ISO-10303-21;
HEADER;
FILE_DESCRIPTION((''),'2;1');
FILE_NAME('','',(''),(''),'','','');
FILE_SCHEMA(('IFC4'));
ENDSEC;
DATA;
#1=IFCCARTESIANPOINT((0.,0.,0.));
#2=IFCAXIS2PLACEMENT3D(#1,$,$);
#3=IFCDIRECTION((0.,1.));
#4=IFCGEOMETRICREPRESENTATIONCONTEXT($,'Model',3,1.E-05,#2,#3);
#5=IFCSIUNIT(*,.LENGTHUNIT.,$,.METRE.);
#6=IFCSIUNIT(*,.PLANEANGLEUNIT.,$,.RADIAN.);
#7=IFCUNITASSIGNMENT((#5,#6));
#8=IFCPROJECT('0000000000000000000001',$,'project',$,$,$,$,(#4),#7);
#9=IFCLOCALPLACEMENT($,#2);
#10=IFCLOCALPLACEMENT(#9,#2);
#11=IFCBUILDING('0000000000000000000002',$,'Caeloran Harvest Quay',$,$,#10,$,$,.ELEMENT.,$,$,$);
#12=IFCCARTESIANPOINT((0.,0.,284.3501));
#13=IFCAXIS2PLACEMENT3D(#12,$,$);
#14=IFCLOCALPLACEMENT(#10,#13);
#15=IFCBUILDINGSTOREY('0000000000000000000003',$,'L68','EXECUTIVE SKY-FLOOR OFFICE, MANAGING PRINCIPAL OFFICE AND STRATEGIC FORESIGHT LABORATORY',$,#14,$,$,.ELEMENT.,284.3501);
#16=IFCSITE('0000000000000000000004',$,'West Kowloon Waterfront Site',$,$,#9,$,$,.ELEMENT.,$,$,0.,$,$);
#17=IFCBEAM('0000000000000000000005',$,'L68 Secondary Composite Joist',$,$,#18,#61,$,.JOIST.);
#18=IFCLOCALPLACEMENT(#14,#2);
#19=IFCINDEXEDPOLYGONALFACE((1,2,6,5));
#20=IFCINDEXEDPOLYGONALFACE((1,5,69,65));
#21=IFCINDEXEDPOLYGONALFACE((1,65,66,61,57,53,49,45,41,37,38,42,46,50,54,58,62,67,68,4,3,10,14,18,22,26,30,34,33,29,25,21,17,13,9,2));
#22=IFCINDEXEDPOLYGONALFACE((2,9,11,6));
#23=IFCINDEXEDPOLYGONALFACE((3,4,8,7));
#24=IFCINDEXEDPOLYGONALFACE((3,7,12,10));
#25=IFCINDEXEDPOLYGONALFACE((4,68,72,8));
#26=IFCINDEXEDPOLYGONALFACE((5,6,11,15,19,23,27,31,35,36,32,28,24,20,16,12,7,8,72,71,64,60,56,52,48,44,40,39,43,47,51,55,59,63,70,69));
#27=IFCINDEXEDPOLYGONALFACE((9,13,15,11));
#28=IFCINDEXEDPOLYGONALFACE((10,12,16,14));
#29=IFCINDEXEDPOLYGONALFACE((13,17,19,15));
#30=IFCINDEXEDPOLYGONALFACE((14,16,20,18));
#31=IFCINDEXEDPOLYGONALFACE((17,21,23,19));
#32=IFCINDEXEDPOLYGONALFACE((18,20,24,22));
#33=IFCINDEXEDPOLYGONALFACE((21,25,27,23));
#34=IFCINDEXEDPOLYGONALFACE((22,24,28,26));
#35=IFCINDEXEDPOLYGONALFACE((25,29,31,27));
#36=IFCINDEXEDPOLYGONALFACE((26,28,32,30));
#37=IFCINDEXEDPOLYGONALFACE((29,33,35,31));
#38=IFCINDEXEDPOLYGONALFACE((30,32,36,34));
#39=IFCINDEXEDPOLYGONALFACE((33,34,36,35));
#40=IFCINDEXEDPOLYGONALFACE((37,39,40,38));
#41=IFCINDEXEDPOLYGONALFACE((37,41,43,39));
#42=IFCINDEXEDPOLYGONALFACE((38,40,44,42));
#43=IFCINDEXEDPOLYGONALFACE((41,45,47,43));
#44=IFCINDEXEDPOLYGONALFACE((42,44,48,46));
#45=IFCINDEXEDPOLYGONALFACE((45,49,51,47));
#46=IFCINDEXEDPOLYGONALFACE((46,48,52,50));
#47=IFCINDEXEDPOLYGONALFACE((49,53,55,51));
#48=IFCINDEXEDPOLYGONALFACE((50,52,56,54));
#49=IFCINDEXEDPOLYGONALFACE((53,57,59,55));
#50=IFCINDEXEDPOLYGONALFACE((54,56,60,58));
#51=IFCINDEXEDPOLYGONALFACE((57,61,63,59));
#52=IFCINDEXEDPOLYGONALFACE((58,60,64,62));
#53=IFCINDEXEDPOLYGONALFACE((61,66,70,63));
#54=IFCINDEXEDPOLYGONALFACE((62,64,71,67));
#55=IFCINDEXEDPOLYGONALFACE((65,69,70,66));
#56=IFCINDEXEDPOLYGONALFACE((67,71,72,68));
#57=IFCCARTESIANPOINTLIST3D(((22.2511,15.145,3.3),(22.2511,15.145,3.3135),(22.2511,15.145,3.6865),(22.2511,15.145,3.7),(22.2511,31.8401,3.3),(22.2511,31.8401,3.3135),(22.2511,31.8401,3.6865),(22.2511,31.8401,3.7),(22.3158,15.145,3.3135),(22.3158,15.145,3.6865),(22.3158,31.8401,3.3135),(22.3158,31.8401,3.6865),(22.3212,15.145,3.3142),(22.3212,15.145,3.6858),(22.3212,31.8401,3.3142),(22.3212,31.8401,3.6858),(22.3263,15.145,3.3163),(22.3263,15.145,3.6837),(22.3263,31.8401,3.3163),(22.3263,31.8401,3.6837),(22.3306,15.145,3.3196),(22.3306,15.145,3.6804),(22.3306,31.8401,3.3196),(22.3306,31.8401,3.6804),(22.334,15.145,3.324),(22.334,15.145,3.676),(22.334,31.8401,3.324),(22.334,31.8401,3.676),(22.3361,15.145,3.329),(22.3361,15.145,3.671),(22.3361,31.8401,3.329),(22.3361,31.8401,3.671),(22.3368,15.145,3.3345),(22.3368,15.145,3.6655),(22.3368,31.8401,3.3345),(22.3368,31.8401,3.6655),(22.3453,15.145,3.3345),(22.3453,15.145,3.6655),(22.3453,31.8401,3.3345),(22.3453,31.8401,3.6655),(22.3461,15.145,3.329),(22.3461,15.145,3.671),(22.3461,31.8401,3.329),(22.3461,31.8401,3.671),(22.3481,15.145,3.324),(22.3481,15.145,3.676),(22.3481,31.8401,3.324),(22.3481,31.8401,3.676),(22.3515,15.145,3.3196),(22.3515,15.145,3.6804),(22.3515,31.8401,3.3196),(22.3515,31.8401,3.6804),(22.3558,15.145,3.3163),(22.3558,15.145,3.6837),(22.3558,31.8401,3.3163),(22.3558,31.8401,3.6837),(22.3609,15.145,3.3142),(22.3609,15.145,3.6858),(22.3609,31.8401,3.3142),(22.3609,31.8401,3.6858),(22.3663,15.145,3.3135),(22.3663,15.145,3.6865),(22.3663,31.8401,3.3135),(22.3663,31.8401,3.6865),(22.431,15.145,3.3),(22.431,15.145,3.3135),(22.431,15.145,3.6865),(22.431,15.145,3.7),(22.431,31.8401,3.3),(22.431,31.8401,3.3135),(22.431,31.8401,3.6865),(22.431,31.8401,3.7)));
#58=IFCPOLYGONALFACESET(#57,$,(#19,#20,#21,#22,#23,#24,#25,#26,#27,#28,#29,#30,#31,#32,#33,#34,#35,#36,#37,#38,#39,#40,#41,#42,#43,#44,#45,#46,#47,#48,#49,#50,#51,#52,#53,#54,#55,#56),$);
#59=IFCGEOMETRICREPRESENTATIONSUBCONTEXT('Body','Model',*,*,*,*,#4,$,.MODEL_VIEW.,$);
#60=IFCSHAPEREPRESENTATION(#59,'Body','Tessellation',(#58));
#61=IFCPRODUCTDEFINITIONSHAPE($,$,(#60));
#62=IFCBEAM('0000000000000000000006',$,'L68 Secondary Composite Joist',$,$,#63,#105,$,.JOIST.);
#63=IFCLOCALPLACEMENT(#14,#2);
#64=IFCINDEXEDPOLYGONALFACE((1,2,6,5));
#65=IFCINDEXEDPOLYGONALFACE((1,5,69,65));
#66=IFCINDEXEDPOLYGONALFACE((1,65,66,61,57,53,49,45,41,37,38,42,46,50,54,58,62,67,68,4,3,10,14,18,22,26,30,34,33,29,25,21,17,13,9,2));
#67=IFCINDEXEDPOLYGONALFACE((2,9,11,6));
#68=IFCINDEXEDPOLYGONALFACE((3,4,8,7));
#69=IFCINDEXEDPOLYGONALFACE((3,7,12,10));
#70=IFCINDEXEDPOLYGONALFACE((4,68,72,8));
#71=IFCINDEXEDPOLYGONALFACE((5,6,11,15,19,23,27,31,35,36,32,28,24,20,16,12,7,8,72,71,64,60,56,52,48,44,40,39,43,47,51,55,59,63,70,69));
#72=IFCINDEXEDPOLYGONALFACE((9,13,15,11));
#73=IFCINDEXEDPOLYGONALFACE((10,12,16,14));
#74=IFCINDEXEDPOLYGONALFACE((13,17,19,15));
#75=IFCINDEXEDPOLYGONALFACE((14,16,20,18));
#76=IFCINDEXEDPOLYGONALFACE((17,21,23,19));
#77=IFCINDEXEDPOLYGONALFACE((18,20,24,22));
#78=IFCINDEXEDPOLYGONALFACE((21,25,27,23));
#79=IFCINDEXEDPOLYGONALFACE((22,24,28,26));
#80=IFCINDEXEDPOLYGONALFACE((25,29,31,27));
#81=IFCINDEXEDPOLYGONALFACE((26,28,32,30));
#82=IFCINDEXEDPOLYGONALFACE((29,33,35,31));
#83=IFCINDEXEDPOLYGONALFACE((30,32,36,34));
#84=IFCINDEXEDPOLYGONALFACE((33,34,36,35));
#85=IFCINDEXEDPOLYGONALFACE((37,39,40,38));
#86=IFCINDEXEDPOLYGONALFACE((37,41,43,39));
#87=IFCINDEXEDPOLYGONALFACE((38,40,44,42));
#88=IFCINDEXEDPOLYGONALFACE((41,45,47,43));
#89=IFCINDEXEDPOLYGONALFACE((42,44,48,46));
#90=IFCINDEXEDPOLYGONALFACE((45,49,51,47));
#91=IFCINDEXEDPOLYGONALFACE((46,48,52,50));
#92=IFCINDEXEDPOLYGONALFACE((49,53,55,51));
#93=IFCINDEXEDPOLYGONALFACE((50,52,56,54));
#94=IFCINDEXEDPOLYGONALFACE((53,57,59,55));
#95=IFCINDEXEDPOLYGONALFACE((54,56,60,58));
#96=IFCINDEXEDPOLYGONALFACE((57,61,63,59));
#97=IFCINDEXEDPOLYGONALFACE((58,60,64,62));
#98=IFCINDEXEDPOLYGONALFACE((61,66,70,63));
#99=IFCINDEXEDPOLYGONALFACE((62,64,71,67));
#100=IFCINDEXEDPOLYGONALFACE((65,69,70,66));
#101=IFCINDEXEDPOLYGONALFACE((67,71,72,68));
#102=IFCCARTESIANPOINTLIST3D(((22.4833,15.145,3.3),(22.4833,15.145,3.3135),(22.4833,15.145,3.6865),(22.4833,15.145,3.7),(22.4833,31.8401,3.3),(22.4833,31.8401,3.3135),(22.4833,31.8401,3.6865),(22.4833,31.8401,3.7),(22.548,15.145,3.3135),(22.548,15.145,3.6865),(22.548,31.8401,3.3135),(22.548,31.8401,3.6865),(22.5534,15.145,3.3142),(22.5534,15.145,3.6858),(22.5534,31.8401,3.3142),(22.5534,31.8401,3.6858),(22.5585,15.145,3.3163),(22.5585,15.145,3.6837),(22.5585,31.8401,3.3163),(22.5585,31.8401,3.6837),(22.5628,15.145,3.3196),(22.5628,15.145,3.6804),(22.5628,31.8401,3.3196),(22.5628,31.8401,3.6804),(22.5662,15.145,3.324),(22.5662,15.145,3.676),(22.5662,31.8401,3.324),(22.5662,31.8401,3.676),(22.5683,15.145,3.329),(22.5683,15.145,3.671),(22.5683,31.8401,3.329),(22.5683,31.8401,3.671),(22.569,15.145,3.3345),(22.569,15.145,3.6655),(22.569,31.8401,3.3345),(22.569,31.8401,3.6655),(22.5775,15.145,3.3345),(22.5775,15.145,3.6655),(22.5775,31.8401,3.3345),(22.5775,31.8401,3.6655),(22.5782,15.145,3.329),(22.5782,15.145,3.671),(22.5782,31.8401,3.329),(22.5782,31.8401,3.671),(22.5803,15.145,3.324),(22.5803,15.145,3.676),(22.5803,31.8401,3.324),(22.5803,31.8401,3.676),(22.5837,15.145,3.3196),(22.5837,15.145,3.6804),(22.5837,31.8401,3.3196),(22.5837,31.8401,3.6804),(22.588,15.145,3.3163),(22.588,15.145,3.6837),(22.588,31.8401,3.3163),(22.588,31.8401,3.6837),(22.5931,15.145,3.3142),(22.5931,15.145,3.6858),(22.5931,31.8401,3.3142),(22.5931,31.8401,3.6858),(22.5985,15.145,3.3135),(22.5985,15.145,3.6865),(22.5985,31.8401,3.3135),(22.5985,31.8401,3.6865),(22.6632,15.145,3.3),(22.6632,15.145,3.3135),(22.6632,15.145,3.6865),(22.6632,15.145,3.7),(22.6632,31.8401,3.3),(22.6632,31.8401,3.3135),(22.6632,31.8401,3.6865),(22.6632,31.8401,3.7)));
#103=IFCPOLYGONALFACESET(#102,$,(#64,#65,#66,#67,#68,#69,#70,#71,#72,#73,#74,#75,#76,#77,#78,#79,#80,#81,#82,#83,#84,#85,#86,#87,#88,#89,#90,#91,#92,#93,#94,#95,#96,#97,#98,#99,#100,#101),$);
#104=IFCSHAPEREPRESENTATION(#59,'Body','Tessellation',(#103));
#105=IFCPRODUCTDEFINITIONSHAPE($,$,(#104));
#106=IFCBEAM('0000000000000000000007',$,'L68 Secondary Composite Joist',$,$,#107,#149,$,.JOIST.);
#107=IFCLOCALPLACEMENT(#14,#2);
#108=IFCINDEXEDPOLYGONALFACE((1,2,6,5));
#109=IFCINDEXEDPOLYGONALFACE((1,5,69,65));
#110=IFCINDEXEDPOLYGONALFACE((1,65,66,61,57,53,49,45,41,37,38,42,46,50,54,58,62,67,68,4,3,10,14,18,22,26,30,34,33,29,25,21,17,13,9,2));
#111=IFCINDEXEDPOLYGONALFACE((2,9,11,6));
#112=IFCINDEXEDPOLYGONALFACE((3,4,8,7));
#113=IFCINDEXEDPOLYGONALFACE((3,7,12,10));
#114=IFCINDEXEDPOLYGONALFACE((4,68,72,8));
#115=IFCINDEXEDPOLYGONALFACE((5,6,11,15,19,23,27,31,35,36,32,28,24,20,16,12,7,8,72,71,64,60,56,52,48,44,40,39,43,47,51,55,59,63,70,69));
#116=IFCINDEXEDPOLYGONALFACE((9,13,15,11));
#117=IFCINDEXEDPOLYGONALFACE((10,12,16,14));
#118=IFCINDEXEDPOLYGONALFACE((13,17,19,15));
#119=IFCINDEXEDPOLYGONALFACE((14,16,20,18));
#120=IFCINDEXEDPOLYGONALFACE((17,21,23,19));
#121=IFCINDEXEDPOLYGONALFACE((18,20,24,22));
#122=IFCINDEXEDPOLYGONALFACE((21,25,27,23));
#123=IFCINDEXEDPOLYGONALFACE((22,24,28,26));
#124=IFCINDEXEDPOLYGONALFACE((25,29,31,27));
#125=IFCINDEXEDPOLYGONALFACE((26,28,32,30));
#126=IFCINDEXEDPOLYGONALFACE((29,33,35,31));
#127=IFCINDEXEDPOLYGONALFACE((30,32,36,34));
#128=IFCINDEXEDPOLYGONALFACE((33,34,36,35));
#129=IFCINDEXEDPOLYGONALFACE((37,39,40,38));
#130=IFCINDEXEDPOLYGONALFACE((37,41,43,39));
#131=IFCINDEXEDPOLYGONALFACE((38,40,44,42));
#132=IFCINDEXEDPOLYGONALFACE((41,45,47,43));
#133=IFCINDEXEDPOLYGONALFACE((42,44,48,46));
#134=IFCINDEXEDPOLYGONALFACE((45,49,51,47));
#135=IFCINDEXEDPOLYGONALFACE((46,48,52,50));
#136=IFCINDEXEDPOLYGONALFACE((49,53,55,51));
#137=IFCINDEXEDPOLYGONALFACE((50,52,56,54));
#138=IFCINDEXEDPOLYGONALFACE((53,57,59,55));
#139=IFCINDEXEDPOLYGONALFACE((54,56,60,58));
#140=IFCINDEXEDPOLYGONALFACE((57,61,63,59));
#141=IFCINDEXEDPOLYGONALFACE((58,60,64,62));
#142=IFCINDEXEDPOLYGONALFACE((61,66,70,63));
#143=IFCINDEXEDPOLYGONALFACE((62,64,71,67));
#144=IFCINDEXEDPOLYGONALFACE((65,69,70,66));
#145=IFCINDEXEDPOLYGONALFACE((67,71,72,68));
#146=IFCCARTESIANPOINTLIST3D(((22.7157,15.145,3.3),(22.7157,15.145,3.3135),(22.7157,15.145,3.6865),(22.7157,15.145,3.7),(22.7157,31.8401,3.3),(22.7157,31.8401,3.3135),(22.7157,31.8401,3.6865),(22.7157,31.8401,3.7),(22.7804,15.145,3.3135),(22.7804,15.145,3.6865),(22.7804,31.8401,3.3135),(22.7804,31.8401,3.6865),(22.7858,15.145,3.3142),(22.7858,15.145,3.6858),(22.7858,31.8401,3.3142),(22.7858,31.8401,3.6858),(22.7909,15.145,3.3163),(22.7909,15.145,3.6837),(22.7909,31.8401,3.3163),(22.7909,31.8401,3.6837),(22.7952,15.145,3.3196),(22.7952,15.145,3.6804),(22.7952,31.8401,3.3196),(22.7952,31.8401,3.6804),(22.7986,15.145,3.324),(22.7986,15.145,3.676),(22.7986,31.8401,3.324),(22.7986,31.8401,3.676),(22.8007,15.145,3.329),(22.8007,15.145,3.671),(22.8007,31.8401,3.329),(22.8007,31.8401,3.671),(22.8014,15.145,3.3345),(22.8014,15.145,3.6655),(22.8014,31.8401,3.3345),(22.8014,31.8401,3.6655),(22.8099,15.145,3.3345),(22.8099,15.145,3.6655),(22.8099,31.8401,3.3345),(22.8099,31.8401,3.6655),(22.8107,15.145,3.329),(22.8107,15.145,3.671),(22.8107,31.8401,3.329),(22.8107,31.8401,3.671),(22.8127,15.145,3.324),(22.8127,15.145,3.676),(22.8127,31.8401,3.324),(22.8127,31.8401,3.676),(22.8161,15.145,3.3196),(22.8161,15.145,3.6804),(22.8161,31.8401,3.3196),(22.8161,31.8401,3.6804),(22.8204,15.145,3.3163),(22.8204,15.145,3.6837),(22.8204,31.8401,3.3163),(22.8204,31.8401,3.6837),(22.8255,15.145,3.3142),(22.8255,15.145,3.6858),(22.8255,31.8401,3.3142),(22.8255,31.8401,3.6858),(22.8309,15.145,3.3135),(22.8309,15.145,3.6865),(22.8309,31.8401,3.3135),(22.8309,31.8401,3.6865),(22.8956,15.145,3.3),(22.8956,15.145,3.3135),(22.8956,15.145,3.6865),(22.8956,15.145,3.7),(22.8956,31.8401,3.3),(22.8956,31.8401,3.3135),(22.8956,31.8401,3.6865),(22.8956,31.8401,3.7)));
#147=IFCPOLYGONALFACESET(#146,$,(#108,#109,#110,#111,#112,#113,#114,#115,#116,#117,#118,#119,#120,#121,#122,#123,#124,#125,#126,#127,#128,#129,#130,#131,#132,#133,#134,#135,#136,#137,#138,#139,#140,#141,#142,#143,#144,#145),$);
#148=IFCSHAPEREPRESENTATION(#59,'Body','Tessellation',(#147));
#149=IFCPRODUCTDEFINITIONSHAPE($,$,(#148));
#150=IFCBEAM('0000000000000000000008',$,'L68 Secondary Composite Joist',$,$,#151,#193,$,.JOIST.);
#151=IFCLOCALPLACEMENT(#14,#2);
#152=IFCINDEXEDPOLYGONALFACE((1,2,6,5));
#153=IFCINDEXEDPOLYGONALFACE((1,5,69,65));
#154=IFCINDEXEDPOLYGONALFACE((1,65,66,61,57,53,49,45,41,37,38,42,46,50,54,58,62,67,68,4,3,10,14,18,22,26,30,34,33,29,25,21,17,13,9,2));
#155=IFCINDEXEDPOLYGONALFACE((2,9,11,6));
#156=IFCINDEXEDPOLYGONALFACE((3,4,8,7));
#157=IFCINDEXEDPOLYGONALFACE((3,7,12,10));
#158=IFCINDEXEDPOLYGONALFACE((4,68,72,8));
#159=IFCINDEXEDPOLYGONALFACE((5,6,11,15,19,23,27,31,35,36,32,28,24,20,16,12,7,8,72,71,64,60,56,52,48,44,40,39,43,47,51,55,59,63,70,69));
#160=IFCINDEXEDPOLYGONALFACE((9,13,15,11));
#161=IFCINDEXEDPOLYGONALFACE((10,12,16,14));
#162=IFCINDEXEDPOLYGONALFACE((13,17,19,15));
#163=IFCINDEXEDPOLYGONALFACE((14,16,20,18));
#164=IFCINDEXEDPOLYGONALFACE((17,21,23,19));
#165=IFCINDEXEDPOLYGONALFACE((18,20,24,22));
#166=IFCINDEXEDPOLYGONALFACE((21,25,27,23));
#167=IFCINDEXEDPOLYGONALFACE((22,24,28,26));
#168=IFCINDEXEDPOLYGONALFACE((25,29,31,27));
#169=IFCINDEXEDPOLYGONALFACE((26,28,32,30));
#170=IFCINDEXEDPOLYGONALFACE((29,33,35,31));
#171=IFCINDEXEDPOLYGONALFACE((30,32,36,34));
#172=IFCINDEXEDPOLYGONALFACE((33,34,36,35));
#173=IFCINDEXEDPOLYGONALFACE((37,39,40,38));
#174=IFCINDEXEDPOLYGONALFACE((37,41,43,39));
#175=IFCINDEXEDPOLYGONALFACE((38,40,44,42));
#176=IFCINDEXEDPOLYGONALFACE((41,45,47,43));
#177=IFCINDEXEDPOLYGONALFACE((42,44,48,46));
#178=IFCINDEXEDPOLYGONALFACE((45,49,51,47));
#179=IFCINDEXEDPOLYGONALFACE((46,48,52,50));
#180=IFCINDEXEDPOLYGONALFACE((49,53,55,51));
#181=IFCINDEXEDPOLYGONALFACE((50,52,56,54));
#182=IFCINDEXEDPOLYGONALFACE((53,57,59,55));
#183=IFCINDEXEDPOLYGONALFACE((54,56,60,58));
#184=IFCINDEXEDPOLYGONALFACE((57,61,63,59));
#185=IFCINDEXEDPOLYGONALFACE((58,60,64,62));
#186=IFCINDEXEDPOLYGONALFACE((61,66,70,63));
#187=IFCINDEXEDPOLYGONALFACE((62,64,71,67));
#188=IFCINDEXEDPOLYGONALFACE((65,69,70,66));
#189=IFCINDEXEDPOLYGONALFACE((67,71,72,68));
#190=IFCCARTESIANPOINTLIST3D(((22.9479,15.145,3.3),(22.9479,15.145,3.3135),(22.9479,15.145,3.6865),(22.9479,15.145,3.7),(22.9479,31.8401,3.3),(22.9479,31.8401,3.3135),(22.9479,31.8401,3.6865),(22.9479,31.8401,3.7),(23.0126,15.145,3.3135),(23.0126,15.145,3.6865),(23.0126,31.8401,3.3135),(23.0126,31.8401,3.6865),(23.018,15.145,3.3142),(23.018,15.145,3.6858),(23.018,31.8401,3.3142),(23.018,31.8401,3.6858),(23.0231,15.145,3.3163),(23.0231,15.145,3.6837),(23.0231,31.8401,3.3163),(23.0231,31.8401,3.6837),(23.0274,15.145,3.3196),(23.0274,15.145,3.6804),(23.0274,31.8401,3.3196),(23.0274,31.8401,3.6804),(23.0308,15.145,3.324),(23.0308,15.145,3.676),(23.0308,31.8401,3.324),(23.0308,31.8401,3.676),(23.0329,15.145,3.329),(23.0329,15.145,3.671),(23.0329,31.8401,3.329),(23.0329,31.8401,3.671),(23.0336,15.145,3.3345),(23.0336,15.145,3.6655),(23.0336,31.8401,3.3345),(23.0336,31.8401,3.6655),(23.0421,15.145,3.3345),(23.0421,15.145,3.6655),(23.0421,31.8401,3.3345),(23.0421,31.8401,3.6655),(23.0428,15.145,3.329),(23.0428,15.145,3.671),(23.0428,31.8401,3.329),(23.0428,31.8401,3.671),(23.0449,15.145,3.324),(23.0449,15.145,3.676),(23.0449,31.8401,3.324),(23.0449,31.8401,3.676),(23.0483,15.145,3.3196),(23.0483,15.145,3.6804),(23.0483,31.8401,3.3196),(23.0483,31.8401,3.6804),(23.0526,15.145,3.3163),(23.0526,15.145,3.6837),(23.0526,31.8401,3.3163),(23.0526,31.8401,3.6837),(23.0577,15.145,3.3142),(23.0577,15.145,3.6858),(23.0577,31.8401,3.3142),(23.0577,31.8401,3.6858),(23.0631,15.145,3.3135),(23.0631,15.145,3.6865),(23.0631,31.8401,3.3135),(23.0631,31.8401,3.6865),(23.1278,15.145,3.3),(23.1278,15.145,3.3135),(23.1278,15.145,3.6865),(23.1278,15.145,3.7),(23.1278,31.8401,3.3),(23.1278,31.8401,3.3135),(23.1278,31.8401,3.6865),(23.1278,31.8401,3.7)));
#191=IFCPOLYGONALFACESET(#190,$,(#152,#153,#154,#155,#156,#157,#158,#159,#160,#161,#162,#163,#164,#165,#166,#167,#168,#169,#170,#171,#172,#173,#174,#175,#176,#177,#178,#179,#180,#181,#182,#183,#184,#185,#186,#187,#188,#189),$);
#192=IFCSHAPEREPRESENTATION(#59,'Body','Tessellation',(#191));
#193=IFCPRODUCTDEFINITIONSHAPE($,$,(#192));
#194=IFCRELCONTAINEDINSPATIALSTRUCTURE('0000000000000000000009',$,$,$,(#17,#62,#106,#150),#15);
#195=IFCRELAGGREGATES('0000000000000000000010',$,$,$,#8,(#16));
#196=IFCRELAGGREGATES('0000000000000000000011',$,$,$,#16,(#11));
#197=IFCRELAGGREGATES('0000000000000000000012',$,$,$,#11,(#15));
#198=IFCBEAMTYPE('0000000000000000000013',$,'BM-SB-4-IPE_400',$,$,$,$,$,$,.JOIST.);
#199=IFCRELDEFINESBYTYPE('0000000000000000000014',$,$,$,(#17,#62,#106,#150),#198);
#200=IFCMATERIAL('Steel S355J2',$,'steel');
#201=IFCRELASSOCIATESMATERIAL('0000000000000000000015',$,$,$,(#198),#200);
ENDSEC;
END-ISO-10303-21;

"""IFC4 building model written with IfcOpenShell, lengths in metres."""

from ifc_helpers import new_model, si_unit, direction, frame, origin, origin_2d, place, context, subcontext, project, spatial, i_section, extrude, material, material_profile, profile_set, type_object, element, save


model = new_model("IFC4")

# Units and contexts
model_context = context("Model", 3, precision=1e-05, world=origin(), true_north=direction((0.0, 1.0)))
body_context = subcontext(model_context, "Body", "Model", "MODEL_VIEW")
ifc_project = project(units=[si_unit("LENGTHUNIT", "METRE"), si_unit("PLANEANGLEUNIT", "RADIAN")], contexts=[model_context])

# Site, building, storey
site_placement = place(None, origin())
site = spatial("IfcSite", under=ifc_project, at=site_placement, Name="West Kowloon Waterfront Site", CompositionType="ELEMENT", RefElevation=0.0)
building_placement = place(site_placement, origin())
building = spatial("IfcBuilding", under=site, at=building_placement, Name="Caeloran Harvest Quay", CompositionType="ELEMENT")
storey_placement = place(building_placement, frame((0.0, 0.0, 284.3501)))
storey = spatial("IfcBuildingStorey", under=building, at=storey_placement, Name="L68", Description="EXECUTIVE SKY-FLOOR OFFICE, MANAGING PRINCIPAL OFFICE AND STRATEGIC FORESIGHT LABORATORY", CompositionType="ELEMENT", Elevation=284.3501)

# Beams
ifc_material_1 = material(Name="Steel S355J2", Category="steel")
ifc_material_profile_1 = material_profile(ifc_material_1, i_section(OverallWidth=0.1799, OverallDepth=0.3999, WebThickness=0.0085, FlangeThickness=0.0134, FilletRadius=0.021, at=origin_2d()), Name="IPE 400")
ifc_profile_set_1 = profile_set([ifc_material_profile_1], Name="Steel S355J2")
beam_type_1 = type_object("IfcBeamType", Name="BM-SB-4-IPE_400", PredefinedType="JOIST", material=ifc_profile_set_1)
for number, where, z_axis, x_axis, name in (
    (1, (22.3411, 15.145, 3.5), (0.0, 1.0, 0.0), (-1.0, 0.0, 0.0), "L68 Secondary Composite Joist"),
    (2, (22.5732, 15.145, 3.5), (0.0, 1.0, 0.0), (-1.0, 0.0, 0.0), "L68 Secondary Composite Joist"),
    (3, (22.8057, 15.145, 3.5), (0.0, 1.0, 0.0), (-1.0, 0.0, 0.0), "L68 Secondary Composite Joist"),
    (4, (23.0378, 15.145, 3.5), (0.0, 1.0, 0.0), (-1.0, 0.0, 0.0), "L68 Secondary Composite Joist"),
):
    element("IfcBeam", number, at=place(storey_placement, frame(where, z_axis=z_axis, x_axis=x_axis)), inside=storey, type_object=beam_type_1, Name=name, PredefinedType="JOIST", context=body_context, shape_type="SweptSolid", body=[
        extrude(i_section(OverallWidth=0.1799, OverallDepth=0.3999, WebThickness=0.0085, FlangeThickness=0.0134, FilletRadius=0.021, at=origin_2d()), origin(), (0.0, 0.0, 1.0), 16.6951),
    ])

save(model, "model.ifc")
